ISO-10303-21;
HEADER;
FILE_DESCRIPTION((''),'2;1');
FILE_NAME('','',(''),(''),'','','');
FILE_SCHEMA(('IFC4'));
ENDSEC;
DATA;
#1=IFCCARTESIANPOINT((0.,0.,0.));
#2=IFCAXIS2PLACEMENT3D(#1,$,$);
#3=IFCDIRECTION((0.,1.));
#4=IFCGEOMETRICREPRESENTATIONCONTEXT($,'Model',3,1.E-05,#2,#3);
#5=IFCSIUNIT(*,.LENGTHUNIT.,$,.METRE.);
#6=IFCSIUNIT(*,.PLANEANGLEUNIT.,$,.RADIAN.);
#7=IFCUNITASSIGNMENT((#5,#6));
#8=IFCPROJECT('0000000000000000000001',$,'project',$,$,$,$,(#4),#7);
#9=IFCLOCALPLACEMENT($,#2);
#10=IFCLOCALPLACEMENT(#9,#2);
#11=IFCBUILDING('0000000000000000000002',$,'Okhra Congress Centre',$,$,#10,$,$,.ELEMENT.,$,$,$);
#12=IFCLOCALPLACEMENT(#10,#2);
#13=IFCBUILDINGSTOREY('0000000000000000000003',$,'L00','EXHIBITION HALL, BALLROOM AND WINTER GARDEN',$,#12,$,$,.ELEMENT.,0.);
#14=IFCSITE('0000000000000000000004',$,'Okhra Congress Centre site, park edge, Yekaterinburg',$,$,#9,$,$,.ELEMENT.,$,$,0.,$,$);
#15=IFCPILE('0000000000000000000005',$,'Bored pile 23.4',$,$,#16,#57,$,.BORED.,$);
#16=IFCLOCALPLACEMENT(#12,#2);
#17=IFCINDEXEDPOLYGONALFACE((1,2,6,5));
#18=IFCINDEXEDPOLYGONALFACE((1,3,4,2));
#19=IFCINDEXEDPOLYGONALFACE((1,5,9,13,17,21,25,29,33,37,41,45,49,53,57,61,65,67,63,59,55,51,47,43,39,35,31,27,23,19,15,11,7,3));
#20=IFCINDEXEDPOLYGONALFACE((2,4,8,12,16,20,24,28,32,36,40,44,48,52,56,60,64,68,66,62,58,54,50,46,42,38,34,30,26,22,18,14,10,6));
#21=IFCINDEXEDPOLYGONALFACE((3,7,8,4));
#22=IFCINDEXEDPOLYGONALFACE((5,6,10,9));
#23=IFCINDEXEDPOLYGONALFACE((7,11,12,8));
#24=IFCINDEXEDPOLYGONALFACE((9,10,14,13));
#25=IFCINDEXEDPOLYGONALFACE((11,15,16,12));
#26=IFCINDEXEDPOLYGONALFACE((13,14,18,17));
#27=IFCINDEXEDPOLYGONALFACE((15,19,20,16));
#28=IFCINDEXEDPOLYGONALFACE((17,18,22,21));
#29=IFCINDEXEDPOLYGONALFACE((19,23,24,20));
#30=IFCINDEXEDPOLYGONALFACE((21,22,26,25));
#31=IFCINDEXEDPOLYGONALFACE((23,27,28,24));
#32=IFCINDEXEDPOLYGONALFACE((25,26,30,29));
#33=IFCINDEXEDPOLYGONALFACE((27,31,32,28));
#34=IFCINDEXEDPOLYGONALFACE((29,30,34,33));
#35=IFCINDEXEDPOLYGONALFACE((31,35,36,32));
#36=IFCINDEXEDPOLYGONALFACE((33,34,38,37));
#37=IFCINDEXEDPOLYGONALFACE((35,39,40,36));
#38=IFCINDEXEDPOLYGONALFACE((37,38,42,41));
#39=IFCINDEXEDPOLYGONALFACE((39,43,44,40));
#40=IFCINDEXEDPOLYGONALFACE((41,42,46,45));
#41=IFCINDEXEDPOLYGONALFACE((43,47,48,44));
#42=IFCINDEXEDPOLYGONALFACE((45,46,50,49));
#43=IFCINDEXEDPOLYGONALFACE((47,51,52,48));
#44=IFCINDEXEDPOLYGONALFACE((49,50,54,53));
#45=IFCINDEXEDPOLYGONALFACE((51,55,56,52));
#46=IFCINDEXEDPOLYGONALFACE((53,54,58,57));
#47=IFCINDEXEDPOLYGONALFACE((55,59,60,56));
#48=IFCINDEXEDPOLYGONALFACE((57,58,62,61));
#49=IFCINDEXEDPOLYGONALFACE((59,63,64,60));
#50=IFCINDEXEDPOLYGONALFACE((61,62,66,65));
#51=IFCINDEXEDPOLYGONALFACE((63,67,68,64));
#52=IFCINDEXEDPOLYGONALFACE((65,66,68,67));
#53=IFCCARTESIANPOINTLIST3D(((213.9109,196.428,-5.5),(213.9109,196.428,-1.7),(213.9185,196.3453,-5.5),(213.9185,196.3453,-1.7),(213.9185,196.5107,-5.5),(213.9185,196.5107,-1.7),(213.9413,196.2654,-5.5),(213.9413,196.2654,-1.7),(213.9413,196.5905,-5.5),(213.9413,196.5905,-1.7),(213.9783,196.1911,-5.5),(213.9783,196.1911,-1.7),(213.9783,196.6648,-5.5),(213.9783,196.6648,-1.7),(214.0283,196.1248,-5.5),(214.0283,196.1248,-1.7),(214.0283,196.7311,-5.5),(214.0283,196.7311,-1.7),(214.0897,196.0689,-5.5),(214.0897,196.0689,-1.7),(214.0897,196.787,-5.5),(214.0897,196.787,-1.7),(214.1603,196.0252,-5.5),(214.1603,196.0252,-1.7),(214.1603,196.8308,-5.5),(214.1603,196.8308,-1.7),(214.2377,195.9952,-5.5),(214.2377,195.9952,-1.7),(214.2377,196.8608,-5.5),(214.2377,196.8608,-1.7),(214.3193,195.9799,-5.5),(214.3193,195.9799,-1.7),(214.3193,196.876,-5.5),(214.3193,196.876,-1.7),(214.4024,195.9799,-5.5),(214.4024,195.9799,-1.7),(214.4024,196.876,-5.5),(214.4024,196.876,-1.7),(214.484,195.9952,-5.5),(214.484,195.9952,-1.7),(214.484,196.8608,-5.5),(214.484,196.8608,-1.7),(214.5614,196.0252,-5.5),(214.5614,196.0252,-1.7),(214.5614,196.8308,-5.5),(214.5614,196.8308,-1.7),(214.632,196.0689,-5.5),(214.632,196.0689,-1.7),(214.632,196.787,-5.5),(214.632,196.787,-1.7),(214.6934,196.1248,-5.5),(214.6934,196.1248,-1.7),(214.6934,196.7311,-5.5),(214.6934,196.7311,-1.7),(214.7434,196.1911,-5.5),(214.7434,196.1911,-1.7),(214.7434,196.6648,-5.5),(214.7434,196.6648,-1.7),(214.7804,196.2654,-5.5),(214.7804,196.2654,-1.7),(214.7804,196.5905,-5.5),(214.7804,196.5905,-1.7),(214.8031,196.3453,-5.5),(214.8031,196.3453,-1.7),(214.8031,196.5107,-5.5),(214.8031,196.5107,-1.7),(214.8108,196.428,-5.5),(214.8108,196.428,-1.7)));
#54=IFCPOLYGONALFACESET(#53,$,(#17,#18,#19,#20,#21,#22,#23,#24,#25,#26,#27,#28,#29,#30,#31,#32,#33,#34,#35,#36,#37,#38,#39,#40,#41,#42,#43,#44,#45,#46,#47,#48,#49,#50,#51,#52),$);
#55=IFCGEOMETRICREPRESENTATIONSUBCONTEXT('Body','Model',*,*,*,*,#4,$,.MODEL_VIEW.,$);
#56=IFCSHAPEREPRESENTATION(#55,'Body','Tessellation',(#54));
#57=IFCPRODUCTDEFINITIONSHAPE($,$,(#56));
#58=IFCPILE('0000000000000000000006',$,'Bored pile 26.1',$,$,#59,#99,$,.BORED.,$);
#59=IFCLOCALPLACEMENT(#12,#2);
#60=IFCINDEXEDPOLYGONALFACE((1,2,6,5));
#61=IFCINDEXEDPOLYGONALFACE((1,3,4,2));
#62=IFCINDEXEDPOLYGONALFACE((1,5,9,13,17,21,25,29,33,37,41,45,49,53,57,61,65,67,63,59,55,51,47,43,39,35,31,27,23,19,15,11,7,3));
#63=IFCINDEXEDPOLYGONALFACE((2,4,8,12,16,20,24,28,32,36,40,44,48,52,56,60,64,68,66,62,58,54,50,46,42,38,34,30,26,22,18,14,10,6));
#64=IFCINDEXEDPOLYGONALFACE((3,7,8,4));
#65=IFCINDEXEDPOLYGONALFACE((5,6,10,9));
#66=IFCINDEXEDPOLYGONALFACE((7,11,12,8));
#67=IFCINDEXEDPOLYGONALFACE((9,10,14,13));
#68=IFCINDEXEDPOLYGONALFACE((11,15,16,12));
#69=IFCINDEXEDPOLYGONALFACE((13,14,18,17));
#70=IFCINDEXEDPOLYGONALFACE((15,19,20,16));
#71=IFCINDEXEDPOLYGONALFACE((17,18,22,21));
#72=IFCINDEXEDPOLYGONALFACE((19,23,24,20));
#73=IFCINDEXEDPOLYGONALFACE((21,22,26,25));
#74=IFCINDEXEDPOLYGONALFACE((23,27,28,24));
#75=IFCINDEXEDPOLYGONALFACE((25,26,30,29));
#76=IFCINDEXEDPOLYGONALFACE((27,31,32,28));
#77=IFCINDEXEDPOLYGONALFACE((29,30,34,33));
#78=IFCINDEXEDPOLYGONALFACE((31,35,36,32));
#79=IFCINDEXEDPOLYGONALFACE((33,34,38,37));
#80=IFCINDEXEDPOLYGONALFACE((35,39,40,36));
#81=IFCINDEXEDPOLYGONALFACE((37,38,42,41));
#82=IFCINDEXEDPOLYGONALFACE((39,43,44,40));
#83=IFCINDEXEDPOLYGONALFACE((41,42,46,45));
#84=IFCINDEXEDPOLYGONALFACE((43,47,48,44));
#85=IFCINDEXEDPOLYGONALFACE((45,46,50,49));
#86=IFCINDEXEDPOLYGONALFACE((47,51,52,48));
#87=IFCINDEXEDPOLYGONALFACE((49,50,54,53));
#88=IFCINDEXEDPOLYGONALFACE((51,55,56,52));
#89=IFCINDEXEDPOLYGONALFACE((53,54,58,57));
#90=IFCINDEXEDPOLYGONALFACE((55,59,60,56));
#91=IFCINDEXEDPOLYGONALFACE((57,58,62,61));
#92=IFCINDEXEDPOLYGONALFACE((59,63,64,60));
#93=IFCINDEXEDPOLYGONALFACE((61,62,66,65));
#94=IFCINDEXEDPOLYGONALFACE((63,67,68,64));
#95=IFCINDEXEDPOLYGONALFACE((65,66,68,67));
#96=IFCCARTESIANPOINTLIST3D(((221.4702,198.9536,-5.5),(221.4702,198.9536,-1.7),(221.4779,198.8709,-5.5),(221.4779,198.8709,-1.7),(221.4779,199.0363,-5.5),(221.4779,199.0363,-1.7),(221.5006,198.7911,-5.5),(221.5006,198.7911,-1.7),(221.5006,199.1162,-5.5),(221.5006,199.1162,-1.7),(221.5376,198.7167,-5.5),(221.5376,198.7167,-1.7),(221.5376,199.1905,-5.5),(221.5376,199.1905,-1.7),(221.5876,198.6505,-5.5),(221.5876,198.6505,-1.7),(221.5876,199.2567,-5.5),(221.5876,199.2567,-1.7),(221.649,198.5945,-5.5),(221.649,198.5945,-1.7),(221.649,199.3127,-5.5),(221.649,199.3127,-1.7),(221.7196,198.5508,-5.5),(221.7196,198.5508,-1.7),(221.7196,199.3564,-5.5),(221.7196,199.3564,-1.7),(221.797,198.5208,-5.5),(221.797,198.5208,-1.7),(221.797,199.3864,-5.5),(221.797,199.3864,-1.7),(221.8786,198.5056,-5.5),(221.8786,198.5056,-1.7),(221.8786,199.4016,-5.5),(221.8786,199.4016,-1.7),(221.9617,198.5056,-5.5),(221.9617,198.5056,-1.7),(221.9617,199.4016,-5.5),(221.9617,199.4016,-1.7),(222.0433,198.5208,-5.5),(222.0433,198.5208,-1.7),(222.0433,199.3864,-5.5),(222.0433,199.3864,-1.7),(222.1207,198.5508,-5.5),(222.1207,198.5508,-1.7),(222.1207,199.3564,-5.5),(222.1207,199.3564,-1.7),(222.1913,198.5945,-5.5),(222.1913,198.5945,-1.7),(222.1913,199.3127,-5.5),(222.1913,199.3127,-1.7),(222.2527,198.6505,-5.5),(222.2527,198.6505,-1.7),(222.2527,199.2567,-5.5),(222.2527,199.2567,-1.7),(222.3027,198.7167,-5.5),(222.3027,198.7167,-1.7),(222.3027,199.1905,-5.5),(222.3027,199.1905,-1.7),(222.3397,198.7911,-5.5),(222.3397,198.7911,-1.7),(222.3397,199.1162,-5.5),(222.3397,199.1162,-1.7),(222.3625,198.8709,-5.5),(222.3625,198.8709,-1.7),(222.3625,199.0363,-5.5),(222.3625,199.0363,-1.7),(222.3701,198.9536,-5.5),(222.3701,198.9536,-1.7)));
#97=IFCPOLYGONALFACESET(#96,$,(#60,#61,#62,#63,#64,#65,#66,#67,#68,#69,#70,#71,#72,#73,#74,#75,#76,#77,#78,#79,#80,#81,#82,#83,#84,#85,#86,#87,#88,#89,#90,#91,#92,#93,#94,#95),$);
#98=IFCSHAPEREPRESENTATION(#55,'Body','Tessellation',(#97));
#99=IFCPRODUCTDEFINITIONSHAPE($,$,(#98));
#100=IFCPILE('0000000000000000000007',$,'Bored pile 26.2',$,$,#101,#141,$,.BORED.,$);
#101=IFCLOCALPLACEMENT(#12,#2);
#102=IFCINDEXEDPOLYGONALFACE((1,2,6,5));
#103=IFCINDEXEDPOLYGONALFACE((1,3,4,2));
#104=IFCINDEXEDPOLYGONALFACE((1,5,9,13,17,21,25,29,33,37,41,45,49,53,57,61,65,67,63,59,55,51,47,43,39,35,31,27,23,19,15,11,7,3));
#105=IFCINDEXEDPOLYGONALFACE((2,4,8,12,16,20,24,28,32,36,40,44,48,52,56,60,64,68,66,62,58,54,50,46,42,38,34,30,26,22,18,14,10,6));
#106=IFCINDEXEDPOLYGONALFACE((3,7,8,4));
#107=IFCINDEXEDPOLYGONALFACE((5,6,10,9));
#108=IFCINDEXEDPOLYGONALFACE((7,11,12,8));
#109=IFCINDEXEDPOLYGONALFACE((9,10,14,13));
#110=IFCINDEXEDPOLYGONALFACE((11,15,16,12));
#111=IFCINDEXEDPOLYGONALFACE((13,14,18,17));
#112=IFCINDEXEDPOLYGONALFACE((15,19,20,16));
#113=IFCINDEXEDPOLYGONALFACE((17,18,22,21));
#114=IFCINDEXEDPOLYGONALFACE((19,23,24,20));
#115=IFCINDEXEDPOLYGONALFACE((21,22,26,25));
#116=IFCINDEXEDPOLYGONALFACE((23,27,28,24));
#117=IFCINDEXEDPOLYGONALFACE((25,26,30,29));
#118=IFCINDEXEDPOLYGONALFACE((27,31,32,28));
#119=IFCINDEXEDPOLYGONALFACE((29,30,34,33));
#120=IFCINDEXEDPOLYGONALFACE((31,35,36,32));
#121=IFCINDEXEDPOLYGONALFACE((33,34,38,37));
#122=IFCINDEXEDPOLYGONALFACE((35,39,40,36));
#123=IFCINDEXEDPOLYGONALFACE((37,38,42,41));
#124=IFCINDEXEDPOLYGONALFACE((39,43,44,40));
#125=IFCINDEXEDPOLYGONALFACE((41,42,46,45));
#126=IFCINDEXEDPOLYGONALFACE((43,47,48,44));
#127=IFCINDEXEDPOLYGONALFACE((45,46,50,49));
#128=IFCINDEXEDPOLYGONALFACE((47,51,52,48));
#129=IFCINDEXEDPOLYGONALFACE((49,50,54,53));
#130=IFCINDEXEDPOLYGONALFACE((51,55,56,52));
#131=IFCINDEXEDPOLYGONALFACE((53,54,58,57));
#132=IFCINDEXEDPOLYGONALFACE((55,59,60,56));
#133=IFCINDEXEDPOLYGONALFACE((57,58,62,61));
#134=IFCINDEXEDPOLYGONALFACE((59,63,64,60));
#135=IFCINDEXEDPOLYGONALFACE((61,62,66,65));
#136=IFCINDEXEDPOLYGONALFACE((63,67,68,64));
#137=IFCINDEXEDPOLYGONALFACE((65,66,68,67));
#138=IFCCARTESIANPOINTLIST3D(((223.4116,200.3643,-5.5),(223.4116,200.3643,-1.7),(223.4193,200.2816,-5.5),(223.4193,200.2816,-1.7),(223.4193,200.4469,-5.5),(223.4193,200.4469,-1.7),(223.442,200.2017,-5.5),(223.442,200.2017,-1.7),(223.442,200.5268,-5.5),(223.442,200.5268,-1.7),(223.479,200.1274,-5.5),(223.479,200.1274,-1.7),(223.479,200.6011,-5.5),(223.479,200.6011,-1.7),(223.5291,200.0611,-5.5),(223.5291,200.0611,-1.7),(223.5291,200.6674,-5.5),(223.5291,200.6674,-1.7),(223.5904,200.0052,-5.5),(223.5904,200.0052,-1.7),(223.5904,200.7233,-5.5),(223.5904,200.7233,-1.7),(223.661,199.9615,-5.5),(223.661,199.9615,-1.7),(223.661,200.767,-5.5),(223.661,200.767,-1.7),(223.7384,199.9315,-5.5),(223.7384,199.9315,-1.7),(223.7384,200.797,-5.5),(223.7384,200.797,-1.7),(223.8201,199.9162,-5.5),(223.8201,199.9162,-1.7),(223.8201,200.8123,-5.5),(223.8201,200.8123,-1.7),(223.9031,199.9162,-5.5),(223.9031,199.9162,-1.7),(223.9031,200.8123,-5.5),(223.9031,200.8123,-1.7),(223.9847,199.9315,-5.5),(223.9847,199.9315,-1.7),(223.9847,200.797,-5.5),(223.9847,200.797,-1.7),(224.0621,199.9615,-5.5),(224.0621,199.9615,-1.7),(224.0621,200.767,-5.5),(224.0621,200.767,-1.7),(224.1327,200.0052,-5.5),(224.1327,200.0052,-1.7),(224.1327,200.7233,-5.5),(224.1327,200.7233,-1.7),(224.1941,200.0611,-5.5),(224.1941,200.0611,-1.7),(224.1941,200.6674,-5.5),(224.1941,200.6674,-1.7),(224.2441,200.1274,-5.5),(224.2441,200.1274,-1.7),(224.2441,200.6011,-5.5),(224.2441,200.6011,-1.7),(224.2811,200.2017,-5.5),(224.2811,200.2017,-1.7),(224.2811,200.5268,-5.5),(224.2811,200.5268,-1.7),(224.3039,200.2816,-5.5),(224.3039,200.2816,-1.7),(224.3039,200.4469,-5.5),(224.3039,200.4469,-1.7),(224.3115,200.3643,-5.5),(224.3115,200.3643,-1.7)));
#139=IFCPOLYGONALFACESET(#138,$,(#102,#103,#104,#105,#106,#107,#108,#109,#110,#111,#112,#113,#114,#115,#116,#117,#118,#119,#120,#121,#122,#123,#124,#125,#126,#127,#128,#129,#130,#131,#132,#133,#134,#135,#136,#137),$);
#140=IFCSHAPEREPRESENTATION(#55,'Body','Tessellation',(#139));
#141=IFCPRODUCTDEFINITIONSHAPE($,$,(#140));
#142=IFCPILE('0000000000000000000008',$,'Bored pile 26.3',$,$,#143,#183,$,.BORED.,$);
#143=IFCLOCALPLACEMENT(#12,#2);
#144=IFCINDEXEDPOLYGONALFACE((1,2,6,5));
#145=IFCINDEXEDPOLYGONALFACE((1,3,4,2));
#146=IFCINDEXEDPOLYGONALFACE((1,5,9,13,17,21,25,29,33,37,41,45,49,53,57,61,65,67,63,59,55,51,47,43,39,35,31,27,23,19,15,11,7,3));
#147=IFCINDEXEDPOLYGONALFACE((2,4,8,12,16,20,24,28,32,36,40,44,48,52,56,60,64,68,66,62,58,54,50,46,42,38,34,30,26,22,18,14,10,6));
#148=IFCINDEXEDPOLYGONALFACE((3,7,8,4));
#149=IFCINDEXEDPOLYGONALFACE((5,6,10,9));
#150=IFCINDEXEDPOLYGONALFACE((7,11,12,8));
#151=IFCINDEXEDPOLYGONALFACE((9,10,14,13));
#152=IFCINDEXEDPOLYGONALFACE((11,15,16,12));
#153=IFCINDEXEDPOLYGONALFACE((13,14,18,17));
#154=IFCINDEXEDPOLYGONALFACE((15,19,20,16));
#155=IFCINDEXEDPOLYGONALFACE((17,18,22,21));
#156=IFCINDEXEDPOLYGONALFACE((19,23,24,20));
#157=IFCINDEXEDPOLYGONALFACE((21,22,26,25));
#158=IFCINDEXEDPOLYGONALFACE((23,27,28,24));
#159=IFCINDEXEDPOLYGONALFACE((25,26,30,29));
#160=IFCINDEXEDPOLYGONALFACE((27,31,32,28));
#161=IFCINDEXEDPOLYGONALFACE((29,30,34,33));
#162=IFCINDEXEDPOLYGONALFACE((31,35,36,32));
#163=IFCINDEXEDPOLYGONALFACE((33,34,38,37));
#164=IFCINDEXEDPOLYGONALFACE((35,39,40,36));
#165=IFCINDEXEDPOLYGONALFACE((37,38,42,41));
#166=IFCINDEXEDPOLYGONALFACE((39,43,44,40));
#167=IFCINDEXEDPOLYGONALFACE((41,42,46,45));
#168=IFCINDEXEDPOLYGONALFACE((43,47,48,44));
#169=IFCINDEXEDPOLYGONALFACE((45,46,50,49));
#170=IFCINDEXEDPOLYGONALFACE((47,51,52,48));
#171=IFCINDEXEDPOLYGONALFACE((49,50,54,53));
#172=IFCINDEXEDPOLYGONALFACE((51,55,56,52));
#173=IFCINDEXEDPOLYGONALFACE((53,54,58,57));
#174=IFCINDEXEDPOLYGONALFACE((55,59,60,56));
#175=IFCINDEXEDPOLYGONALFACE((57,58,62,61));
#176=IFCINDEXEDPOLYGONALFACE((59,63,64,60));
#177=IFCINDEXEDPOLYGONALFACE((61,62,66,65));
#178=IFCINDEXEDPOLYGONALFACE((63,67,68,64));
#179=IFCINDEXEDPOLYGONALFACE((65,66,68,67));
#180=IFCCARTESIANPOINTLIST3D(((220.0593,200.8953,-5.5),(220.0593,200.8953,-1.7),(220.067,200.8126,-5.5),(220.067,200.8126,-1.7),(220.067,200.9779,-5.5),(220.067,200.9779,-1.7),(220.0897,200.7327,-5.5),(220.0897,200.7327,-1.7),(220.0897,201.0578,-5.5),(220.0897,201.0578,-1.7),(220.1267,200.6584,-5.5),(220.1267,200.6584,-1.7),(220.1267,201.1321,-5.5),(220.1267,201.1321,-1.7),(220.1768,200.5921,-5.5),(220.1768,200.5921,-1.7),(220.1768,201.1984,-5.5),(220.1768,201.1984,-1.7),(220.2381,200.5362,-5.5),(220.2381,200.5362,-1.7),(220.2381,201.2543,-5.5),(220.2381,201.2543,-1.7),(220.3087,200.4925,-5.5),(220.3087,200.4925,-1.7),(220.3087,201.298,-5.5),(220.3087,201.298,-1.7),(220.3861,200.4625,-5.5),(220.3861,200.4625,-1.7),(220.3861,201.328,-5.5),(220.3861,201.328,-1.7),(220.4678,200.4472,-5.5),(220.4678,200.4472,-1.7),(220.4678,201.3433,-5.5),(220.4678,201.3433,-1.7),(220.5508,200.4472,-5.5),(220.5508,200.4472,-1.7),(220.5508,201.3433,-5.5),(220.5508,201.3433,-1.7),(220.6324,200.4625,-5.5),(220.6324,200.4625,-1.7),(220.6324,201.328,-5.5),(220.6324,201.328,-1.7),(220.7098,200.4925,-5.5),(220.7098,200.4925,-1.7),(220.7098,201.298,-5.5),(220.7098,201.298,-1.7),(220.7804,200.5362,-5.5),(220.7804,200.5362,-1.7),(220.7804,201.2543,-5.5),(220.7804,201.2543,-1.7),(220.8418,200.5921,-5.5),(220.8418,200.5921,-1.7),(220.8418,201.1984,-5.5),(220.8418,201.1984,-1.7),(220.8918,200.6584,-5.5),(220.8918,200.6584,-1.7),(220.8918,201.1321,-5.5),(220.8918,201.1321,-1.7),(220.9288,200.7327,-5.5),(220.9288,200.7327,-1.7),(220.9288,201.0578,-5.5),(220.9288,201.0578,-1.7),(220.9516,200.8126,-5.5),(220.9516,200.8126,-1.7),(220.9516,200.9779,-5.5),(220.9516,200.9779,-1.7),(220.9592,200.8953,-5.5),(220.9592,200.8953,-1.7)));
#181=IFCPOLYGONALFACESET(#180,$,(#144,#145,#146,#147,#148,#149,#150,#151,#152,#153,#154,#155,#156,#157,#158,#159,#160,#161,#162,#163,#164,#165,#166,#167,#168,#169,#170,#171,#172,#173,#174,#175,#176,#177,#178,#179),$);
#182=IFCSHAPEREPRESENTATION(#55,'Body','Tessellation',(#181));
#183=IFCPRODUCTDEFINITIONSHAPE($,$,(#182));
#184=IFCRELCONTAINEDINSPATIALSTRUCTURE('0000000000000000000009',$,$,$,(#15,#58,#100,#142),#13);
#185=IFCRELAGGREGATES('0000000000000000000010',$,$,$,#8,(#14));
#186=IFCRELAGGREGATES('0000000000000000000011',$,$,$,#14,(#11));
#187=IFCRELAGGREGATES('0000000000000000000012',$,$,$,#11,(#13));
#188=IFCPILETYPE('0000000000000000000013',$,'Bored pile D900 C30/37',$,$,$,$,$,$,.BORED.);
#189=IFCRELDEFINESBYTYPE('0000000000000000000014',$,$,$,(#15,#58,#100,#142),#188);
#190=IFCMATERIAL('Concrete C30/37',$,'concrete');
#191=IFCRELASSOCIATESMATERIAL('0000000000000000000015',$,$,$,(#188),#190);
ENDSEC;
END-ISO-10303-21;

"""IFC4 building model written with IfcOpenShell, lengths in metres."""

from ifc_helpers import new_model, si_unit, direction, frame, origin, origin_2d, place, context, subcontext, project, spatial, circle, extrude, material, material_profile, profile_set, type_object, element, save


model = new_model("IFC4")

# Units and contexts
model_context = context("Model", 3, precision=1e-05, world=origin(), true_north=direction((0.0, 1.0)))
body_context = subcontext(model_context, "Body", "Model", "MODEL_VIEW")
ifc_project = project(units=[si_unit("LENGTHUNIT", "METRE"), si_unit("PLANEANGLEUNIT", "RADIAN")], contexts=[model_context])

# Site, building, storey
site_placement = place(None, origin())
site = spatial("IfcSite", under=ifc_project, at=site_placement, Name="Okhra Congress Centre site, park edge, Yekaterinburg", CompositionType="ELEMENT", RefElevation=0.0)
building_placement = place(site_placement, origin())
building = spatial("IfcBuilding", under=site, at=building_placement, Name="Okhra Congress Centre", CompositionType="ELEMENT")
storey_placement = place(building_placement, origin())
storey = spatial("IfcBuildingStorey", under=building, at=storey_placement, Name="L00", Description="EXHIBITION HALL, BALLROOM AND WINTER GARDEN", CompositionType="ELEMENT", Elevation=0.0)

# Piles
ifc_material_1 = material(Name="Concrete C30/37", Category="concrete")
ifc_material_profile_1 = material_profile(ifc_material_1, circle(Radius=0.45, at=origin_2d()), Name="D900")
ifc_profile_set_1 = profile_set([ifc_material_profile_1], Name="Concrete C30/37")
pile_type = type_object("IfcPileType", Name="Bored pile D900 C30/37", PredefinedType="BORED", material=ifc_profile_set_1)
for number, where, z_axis, x_axis, name in (
    (1, (214.3608, 196.428, -1.7), (0.0, 0.0, -1.0), (1.0, 0.0, 0.0), "Bored pile 23.4"),
    (2, (221.9202, 198.9536, -1.7), (0.0, 0.0, -1.0), (1.0, 0.0, 0.0), "Bored pile 26.1"),
    (3, (223.8616, 200.3643, -1.7), (0.0, 0.0, -1.0), (1.0, 0.0, 0.0), "Bored pile 26.2"),
    (4, (220.5093, 200.8953, -1.7), (0.0, 0.0, -1.0), (1.0, 0.0, 0.0), "Bored pile 26.3"),
):
    element("IfcPile", number, at=place(storey_placement, frame(where, z_axis=z_axis, x_axis=x_axis)), inside=storey, type_object=pile_type, Name=name, PredefinedType="BORED", context=body_context, shape_type="SweptSolid", body=[
        extrude(circle(Radius=0.45, at=origin_2d()), origin(), (0.0, 0.0, 1.0), 3.8),
    ])

save(model, "model.ifc")
